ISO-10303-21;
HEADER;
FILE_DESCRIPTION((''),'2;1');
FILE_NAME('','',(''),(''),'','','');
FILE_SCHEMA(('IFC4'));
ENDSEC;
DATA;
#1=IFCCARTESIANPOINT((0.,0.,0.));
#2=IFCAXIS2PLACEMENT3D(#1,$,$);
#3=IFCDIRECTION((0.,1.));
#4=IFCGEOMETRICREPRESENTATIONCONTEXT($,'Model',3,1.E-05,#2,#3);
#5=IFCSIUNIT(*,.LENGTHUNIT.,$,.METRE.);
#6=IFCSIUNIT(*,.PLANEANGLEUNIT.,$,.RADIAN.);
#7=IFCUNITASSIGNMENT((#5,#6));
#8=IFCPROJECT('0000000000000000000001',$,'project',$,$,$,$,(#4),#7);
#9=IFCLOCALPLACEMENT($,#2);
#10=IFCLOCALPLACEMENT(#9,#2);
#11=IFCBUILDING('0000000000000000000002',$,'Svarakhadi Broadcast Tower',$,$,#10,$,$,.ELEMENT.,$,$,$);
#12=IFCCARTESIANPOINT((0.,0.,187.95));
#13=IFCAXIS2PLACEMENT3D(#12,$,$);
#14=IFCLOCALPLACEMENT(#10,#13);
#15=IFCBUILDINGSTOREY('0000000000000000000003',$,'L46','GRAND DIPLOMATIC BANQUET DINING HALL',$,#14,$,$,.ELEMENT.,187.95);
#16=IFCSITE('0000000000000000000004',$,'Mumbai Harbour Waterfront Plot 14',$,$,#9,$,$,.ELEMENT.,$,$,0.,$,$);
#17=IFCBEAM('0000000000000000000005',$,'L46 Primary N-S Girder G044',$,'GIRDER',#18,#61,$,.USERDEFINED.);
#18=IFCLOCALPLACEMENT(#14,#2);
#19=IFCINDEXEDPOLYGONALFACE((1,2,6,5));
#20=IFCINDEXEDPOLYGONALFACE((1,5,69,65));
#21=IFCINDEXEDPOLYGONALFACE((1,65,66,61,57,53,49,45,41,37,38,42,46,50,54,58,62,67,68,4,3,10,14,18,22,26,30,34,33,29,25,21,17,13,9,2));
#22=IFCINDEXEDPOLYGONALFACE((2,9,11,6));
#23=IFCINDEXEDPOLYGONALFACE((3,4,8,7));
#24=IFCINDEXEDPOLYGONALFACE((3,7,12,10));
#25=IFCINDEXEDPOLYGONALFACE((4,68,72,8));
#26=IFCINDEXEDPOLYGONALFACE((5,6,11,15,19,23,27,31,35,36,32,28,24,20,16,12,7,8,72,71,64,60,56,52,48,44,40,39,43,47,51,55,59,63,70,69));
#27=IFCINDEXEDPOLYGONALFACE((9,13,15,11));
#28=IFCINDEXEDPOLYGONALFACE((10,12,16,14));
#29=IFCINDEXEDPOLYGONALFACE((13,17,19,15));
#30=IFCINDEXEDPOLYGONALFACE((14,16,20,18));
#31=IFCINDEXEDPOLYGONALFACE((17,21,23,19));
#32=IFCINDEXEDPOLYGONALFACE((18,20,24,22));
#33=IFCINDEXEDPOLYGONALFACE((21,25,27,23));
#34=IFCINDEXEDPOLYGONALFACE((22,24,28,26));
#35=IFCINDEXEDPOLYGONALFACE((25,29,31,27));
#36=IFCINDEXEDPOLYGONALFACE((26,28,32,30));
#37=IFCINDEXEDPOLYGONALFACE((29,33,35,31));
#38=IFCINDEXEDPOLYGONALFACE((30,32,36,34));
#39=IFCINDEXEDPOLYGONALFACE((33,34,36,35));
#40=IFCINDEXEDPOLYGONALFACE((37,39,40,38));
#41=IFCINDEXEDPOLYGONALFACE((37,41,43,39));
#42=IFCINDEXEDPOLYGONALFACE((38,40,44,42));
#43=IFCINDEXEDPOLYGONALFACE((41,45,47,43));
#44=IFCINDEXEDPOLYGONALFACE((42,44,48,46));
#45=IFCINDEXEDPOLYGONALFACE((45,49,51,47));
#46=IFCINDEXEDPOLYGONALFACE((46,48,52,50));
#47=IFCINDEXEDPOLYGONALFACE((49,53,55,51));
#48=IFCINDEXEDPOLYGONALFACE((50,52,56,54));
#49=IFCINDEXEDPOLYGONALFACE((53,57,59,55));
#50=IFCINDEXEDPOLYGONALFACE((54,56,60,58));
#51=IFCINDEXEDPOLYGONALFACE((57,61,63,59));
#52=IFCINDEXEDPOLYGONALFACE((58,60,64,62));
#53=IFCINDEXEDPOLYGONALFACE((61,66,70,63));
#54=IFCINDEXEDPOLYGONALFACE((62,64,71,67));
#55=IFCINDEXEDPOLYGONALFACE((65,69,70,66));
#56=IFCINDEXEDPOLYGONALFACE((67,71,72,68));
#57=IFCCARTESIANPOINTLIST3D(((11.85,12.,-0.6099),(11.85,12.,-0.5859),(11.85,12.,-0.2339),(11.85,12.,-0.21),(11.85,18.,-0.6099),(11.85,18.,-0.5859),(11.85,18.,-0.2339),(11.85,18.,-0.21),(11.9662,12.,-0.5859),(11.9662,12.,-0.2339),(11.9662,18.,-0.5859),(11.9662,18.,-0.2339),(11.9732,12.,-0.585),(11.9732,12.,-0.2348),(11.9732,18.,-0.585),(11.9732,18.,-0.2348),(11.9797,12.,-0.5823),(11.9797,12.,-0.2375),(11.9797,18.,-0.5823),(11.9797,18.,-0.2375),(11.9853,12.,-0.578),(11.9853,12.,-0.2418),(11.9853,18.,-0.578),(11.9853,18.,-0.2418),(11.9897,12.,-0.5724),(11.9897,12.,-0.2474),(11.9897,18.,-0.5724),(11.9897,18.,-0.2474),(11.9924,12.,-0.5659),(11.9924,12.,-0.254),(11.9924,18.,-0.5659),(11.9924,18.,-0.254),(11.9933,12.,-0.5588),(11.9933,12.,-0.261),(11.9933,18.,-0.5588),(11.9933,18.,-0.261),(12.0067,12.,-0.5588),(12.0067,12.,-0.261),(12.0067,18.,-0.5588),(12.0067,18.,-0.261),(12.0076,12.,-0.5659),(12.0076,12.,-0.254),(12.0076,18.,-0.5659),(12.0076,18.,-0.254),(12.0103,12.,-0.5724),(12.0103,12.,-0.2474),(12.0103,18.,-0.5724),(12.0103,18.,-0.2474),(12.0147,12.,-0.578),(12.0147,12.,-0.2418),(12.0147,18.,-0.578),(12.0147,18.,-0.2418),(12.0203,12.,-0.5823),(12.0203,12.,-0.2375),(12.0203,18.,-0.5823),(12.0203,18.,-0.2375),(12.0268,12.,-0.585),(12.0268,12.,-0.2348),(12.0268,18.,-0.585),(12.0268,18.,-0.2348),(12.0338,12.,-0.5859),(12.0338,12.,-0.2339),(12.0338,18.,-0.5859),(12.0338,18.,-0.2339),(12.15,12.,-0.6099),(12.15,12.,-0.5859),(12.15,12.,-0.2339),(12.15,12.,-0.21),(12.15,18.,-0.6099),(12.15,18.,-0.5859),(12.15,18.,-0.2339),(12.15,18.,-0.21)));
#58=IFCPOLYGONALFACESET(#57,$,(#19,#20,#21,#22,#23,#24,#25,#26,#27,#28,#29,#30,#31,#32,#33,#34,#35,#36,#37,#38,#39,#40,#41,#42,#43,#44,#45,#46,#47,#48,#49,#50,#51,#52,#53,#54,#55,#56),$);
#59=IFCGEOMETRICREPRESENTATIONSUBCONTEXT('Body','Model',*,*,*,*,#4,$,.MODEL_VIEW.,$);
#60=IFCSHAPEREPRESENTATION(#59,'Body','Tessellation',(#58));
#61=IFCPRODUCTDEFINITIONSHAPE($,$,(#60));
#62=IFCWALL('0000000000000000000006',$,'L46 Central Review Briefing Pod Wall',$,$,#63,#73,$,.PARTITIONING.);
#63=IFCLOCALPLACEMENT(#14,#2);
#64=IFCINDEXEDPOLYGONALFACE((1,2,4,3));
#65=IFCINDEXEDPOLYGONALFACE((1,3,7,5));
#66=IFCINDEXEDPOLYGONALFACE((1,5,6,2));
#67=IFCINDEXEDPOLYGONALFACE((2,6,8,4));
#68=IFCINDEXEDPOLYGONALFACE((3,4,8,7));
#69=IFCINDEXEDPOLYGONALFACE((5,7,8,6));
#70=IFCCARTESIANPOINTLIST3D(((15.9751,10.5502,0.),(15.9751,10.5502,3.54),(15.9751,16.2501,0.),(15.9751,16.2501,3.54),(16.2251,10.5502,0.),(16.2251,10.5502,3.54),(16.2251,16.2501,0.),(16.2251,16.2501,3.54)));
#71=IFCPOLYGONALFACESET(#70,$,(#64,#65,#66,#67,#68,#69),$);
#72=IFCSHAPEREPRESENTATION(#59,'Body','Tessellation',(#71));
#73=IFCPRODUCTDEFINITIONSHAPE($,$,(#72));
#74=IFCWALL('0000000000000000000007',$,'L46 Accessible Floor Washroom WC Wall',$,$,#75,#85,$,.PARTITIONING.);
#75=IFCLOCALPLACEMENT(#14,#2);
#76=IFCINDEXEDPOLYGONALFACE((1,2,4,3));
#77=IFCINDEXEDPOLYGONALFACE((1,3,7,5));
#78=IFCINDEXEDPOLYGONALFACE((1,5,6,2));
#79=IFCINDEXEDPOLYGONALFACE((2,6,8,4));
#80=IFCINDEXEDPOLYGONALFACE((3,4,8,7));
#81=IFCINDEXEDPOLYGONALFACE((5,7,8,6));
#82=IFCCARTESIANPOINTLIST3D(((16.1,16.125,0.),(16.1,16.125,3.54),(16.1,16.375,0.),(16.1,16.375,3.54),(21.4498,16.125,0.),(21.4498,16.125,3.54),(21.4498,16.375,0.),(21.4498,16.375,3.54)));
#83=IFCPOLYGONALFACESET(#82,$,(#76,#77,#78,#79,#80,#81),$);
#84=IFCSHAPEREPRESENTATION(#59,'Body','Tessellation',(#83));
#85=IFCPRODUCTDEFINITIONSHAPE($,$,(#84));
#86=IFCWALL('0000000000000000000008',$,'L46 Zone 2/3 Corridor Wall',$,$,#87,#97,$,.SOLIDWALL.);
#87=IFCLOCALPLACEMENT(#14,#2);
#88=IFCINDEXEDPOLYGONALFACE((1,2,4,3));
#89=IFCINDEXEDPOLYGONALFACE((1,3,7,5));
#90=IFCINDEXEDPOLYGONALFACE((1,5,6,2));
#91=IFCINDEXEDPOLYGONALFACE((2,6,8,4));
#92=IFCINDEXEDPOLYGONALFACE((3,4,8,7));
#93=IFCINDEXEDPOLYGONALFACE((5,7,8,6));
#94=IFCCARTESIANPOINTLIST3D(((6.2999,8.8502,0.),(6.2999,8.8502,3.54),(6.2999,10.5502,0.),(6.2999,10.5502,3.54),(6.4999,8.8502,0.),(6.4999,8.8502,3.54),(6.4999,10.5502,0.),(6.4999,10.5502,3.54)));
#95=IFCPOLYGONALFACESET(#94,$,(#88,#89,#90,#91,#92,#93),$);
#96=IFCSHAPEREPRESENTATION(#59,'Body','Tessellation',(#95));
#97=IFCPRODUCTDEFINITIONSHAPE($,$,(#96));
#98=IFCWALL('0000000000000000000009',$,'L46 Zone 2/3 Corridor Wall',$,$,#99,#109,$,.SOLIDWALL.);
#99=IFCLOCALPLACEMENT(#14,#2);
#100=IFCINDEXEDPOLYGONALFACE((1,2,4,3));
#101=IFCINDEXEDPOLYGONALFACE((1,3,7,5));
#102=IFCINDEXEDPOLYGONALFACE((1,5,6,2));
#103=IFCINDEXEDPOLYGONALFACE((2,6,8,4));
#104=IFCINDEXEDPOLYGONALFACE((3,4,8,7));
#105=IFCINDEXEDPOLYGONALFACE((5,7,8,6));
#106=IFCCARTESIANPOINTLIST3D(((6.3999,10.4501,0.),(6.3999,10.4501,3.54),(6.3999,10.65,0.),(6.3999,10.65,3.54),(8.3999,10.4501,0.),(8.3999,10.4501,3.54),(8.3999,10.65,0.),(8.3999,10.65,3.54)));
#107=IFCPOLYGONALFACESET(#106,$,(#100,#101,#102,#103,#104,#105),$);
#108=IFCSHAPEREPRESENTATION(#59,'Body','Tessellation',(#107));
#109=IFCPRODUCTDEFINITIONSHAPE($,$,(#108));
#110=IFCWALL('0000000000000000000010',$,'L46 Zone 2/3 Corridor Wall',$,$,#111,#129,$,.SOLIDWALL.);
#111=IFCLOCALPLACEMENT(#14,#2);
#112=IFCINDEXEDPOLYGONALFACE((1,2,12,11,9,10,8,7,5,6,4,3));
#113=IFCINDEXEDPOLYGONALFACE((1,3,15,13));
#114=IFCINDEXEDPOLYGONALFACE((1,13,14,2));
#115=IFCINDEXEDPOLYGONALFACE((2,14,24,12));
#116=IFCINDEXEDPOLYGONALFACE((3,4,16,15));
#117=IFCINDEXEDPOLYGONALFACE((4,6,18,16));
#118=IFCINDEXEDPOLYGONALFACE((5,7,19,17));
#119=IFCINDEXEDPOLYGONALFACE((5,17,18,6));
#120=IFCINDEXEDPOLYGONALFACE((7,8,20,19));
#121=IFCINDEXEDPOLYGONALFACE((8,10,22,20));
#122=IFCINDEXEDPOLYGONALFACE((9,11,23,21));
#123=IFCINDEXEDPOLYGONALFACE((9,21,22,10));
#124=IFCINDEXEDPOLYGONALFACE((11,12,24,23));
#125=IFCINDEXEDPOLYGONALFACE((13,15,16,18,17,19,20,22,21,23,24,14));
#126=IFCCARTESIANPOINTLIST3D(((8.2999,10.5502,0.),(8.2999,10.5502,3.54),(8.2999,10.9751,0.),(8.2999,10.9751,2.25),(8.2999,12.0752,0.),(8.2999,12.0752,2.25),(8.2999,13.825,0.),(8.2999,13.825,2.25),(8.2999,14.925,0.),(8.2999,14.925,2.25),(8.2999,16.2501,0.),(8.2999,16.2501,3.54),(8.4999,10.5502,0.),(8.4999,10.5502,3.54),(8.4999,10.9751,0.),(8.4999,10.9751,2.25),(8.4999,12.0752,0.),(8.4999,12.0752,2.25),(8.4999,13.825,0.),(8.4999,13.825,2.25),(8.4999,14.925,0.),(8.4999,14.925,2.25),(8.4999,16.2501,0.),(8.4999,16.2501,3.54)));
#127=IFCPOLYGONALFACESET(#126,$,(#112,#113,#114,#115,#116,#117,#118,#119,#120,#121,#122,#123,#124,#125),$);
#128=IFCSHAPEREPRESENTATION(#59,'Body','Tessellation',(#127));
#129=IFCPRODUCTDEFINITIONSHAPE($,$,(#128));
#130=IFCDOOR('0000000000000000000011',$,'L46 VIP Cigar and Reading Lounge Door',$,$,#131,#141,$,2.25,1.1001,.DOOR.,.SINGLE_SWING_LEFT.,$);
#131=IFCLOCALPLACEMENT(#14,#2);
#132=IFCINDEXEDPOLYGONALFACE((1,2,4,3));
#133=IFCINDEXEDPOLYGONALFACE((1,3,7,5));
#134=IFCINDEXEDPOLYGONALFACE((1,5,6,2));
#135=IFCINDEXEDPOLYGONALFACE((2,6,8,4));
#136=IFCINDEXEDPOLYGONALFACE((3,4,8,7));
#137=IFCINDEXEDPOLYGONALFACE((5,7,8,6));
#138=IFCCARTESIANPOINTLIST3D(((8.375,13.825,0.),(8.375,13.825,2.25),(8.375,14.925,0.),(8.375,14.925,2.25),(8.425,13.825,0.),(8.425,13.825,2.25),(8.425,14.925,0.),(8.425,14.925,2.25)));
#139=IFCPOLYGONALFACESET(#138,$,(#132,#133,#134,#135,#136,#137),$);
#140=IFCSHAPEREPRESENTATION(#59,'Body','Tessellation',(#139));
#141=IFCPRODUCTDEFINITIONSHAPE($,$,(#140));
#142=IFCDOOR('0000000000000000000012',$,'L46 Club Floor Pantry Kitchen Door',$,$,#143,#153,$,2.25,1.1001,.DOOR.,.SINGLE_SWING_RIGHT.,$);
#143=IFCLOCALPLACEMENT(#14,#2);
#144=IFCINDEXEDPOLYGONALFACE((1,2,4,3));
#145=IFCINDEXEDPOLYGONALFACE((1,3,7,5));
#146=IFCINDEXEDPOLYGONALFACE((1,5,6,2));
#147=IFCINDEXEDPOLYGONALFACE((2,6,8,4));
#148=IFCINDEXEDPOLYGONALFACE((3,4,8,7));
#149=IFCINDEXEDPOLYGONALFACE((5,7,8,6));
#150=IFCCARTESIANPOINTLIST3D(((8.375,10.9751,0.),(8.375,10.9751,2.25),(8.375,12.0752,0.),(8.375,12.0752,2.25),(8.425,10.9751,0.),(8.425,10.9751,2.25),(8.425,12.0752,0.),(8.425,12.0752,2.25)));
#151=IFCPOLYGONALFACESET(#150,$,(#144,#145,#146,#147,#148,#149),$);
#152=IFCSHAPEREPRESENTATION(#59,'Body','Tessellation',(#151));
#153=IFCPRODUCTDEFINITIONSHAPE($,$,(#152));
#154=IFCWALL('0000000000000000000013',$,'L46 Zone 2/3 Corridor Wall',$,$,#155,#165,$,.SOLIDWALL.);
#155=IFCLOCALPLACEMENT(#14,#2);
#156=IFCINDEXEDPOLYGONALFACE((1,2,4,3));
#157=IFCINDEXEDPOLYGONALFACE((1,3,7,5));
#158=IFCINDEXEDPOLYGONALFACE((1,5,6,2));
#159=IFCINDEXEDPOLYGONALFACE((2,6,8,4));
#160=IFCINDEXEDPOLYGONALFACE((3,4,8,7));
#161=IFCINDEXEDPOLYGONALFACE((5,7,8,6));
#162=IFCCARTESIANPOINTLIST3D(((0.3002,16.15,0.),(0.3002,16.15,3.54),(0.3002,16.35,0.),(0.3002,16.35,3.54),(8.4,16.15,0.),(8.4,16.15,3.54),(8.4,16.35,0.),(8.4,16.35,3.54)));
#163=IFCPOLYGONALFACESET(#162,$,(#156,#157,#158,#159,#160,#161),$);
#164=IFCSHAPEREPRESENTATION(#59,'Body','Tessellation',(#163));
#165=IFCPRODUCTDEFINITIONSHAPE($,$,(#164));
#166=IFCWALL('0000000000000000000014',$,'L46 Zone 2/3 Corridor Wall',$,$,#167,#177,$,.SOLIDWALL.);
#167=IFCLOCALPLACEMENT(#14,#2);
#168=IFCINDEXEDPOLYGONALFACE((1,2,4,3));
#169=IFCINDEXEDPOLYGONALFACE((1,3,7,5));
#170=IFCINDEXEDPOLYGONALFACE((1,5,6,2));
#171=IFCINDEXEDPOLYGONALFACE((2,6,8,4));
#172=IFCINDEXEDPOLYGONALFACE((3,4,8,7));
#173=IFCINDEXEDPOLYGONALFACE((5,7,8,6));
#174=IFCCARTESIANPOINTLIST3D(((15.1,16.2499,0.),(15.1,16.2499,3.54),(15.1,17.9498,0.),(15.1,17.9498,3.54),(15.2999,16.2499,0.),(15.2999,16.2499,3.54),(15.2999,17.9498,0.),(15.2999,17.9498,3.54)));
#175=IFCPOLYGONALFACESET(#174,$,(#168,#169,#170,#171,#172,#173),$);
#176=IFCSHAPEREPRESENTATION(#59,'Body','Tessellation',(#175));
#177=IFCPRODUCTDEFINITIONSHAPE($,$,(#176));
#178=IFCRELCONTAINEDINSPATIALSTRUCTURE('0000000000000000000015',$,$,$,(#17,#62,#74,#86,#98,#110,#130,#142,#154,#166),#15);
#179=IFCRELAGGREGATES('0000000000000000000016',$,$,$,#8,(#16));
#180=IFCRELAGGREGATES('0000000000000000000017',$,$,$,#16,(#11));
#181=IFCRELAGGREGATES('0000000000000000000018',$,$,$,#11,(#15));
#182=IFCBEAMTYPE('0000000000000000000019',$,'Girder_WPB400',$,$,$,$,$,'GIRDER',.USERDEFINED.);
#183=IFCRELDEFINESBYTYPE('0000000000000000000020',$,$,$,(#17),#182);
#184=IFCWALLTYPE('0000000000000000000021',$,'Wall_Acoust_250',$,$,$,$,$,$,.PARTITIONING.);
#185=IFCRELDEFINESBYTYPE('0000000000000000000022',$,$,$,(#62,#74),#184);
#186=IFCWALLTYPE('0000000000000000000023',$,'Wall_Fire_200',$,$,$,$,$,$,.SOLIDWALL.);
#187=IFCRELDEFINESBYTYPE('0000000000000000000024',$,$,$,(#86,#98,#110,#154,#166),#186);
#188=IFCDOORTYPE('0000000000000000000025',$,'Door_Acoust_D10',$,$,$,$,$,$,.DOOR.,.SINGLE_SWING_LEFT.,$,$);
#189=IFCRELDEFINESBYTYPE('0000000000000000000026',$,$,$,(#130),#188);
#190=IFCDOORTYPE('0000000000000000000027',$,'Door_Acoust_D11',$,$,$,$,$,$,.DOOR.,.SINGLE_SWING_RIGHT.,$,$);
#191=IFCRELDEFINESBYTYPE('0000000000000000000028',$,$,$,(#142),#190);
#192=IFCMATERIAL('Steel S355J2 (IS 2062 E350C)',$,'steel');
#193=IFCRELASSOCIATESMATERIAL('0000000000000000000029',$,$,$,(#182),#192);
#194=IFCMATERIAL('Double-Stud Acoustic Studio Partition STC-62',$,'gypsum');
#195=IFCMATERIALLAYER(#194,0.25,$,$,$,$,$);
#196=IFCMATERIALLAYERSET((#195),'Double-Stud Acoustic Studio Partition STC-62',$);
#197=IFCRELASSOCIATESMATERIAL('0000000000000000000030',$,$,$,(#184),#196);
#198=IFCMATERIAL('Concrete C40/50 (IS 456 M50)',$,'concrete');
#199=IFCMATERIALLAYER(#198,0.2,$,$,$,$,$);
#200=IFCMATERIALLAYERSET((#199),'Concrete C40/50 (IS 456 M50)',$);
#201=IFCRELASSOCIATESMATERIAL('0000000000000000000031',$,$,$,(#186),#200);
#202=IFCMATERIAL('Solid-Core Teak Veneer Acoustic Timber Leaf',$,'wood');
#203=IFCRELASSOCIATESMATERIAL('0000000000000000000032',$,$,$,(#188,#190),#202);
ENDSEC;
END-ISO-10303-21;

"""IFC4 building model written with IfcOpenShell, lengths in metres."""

from ifc_helpers import new_model, si_unit, direction, frame, frame_2d, origin, origin_2d, place, context, subcontext, project, spatial, rectangle, i_section, extrude, material, layer, layer_set, material_profile, profile_set, type_object, element, fill, save


model = new_model("IFC4")

# Units and contexts
model_context = context("Model", 3, precision=1e-05, world=origin(), true_north=direction((0.0, 1.0)))
body_context = subcontext(model_context, "Body", "Model", "MODEL_VIEW")
ifc_project = project(units=[si_unit("LENGTHUNIT", "METRE"), si_unit("PLANEANGLEUNIT", "RADIAN")], contexts=[model_context])

# Site, building, storey
site_placement = place(None, origin())
site = spatial("IfcSite", under=ifc_project, at=site_placement, Name="Mumbai Harbour Waterfront Plot 14", CompositionType="ELEMENT", RefElevation=0.0)
building_placement = place(site_placement, origin())
building = spatial("IfcBuilding", under=site, at=building_placement, Name="Svarakhadi Broadcast Tower", CompositionType="ELEMENT")
storey_placement = place(building_placement, frame((0.0, 0.0, 187.95)))
storey = spatial("IfcBuildingStorey", under=building, at=storey_placement, Name="L46", Description="GRAND DIPLOMATIC BANQUET DINING HALL", CompositionType="ELEMENT", Elevation=187.95)

# Beam
ifc_material_1 = material(Name="Steel S355J2 (IS 2062 E350C)", Category="steel")
ifc_material_profile_1 = material_profile(ifc_material_1, i_section(OverallWidth=0.3, OverallDepth=0.3999, WebThickness=0.0134, FlangeThickness=0.0239, FilletRadius=0.0271, at=origin_2d()), Name="WPB 400x300x155")
ifc_profile_set_1 = profile_set([ifc_material_profile_1], Name="Steel S355J2 (IS 2062 E350C)")
beam_type_1 = type_object("IfcBeamType", Name="Girder_WPB400", ElementType="GIRDER", PredefinedType="USERDEFINED", material=ifc_profile_set_1)
for number, where, z_axis, x_axis, name in (
    (1, (12.0, 12.0, -0.4099), (0.0, 1.0, 0.0), (-1.0, 0.0, 0.0), "L46 Primary N-S Girder G044"),
):
    element("IfcBeam", number, at=place(storey_placement, frame(where, z_axis=z_axis, x_axis=x_axis)), inside=storey, type_object=beam_type_1, Name=name, ObjectType="GIRDER", PredefinedType="USERDEFINED", context=body_context, shape_type="SweptSolid", body=[
        extrude(i_section(OverallWidth=0.3, OverallDepth=0.3999, WebThickness=0.0134, FlangeThickness=0.0239, FilletRadius=0.0271, at=origin_2d()), origin(), (0.0, 0.0, 1.0), 6.0),
    ])

# Walls
ifc_material_2 = material(Name="Double-Stud Acoustic Studio Partition STC-62", Category="gypsum")
ifc_layer_1 = layer(ifc_material_2, 0.25)
ifc_layer_set_1 = layer_set([ifc_layer_1], Name="Double-Stud Acoustic Studio Partition STC-62")
wall_type_1 = type_object("IfcWallType", Name="Wall_Acoust_250", PredefinedType="PARTITIONING", material=ifc_layer_set_1)
wall_1_placement = place(storey_placement, frame((16.1001, 10.55, 0.0), z_axis=(0.0, 0.0, 1.0), x_axis=(0.0, 1.0, 0.0)))
element("IfcWall", 2, at=wall_1_placement, inside=storey, type_object=wall_type_1, Name="L46 Central Review Briefing Pod Wall", PredefinedType="PARTITIONING", context=body_context, shape_type="SweptSolid", body=[
    extrude(rectangle(XDim=5.7, YDim=0.25, at=frame_2d((2.8501, 0.0))), origin(), (0.0, 0.0, 1.0), 3.54),
])
wall_2_placement = place(storey_placement, frame((16.1001, 16.25, 0.0), z_axis=(0.0, 0.0, 1.0), x_axis=(1.0, 0.0, 0.0)))
element("IfcWall", 3, at=wall_2_placement, inside=storey, type_object=wall_type_1, Name="L46 Accessible Floor Washroom WC Wall", PredefinedType="PARTITIONING", context=body_context, shape_type="SweptSolid", body=[
    extrude(rectangle(XDim=5.3499, YDim=0.25, at=frame_2d((2.6748, 0.0))), origin(), (0.0, 0.0, 1.0), 3.54),
])
ifc_material_3 = material(Name="Concrete C40/50 (IS 456 M50)", Category="concrete")
ifc_layer_2 = layer(ifc_material_3, 0.2)
ifc_layer_set_2 = layer_set([ifc_layer_2], Name="Concrete C40/50 (IS 456 M50)")
wall_type_2 = type_object("IfcWallType", Name="Wall_Fire_200", PredefinedType="SOLIDWALL", material=ifc_layer_set_2)
wall_3_placement = place(storey_placement, frame((6.3999, 8.8501, 0.0), z_axis=(0.0, 0.0, 1.0), x_axis=(0.0, 1.0, 0.0)))
element("IfcWall", 4, at=wall_3_placement, inside=storey, type_object=wall_type_2, Name="L46 Zone 2/3 Corridor Wall", PredefinedType="SOLIDWALL", context=body_context, shape_type="SweptSolid", body=[
    extrude(rectangle(XDim=1.7, YDim=0.2, at=frame_2d((0.8501, 0.0))), origin(), (0.0, 0.0, 1.0), 3.54),
])
wall_4_placement = place(storey_placement, frame((6.3999, 10.55, 0.0), z_axis=(0.0, 0.0, 1.0), x_axis=(1.0, 0.0, 0.0)))
element("IfcWall", 5, at=wall_4_placement, inside=storey, type_object=wall_type_2, Name="L46 Zone 2/3 Corridor Wall", PredefinedType="SOLIDWALL", context=body_context, shape_type="SweptSolid", body=[
    extrude(rectangle(XDim=2.0, YDim=0.2, at=frame_2d((1.0, 0.0))), origin(), (0.0, 0.0, 1.0), 3.54),
])

# Wall, openings, doors
wall_5_placement = place(storey_placement, frame((8.3999, 10.55, 0.0), z_axis=(0.0, 0.0, 1.0), x_axis=(0.0, 1.0, 0.0)))
wall_5 = element("IfcWall", 6, at=wall_5_placement, inside=storey, type_object=wall_type_2, Name="L46 Zone 2/3 Corridor Wall", PredefinedType="SOLIDWALL", context=body_context, shape_type="SweptSolid", body=[
    extrude(rectangle(XDim=5.7, YDim=0.2, at=frame_2d((2.8501, 0.0))), origin(), (0.0, 0.0, 1.0), 3.54),
])
opening_1_placement = place(wall_5_placement, frame((0.425, 0.0, 0.0)))
opening_1 = element("IfcOpeningElement", 7, at=opening_1_placement, cuts=wall_5, PredefinedType="OPENING", context=body_context, shape_type="SweptSolid", body=[
    extrude(rectangle(XDim=1.1001, YDim=2.25, at=frame_2d((0.55, 1.125))), frame((0.0, 0.1099, 0.0), z_axis=(0.0, -1.0, 0.0), x_axis=(1.0, 0.0, 0.0)), (0.0, 0.0, 1.0), 0.22),
])
opening_2_placement = place(wall_5_placement, frame((3.2749, 0.0, 0.0)))
opening_2 = element("IfcOpeningElement", 8, at=opening_2_placement, cuts=wall_5, PredefinedType="OPENING", context=body_context, shape_type="SweptSolid", body=[
    extrude(rectangle(XDim=1.1001, YDim=2.25, at=frame_2d((0.55, 1.125))), frame((0.0, 0.1099, 0.0), z_axis=(0.0, -1.0, 0.0), x_axis=(1.0, 0.0, 0.0)), (0.0, 0.0, 1.0), 0.22),
])
ifc_material_4 = material(Name="Solid-Core Teak Veneer Acoustic Timber Leaf", Category="wood")
door_type_1 = type_object("IfcDoorType", Name="Door_Acoust_D10", OperationType="SINGLE_SWING_LEFT", PredefinedType="DOOR", material=ifc_material_4)
door_1_placement = place(opening_2_placement, origin())
door_1 = element("IfcDoor", 9, at=door_1_placement, inside=storey, type_object=door_type_1, Name="L46 VIP Cigar and Reading Lounge Door", OperationType="SINGLE_SWING_LEFT", OverallHeight=2.25, OverallWidth=1.1001, PredefinedType="DOOR", context=body_context, shape_type="SweptSolid", body=[
    extrude(rectangle(XDim=1.1001, YDim=2.25, at=frame_2d((0.55, 1.125))), frame((0.0, 0.0249, 0.0), z_axis=(0.0, -1.0, 0.0), x_axis=(1.0, 0.0, 0.0)), (0.0, 0.0, 1.0), 0.05),
])
fill(opening_2, door_1)
door_type_2 = type_object("IfcDoorType", Name="Door_Acoust_D11", OperationType="SINGLE_SWING_RIGHT", PredefinedType="DOOR", material=ifc_material_4)
door_2_placement = place(opening_1_placement, origin())
door_2 = element("IfcDoor", 10, at=door_2_placement, inside=storey, type_object=door_type_2, Name="L46 Club Floor Pantry Kitchen Door", OperationType="SINGLE_SWING_RIGHT", OverallHeight=2.25, OverallWidth=1.1001, PredefinedType="DOOR", context=body_context, shape_type="SweptSolid", body=[
    extrude(rectangle(XDim=1.1001, YDim=2.25, at=frame_2d((0.55, 1.125))), frame((0.0, 0.0249, 0.0), z_axis=(0.0, -1.0, 0.0), x_axis=(1.0, 0.0, 0.0)), (0.0, 0.0, 1.0), 0.05),
])
fill(opening_1, door_2)

# Walls
wall_6_placement = place(storey_placement, frame((8.3999, 16.25, 0.0), z_axis=(0.0, 0.0, 1.0), x_axis=(-1.0, 0.0, 0.0)))
element("IfcWall", 11, at=wall_6_placement, inside=storey, type_object=wall_type_2, Name="L46 Zone 2/3 Corridor Wall", PredefinedType="SOLIDWALL", context=body_context, shape_type="SweptSolid", body=[
    extrude(rectangle(XDim=8.0999, YDim=0.2, at=frame_2d((4.0498, 0.0))), origin(), (0.0, 0.0, 1.0), 3.54),
])
wall_7_placement = place(storey_placement, frame((15.2, 17.95, 0.0), z_axis=(0.0, 0.0, 1.0), x_axis=(0.0, -1.0, 0.0)))
element("IfcWall", 12, at=wall_7_placement, inside=storey, type_object=wall_type_2, Name="L46 Zone 2/3 Corridor Wall", PredefinedType="SOLIDWALL", context=body_context, shape_type="SweptSolid", body=[
    extrude(rectangle(XDim=1.7, YDim=0.2, at=frame_2d((0.8501, 0.0))), origin(), (0.0, 0.0, 1.0), 3.54),
])

save(model, "model.ifc")
